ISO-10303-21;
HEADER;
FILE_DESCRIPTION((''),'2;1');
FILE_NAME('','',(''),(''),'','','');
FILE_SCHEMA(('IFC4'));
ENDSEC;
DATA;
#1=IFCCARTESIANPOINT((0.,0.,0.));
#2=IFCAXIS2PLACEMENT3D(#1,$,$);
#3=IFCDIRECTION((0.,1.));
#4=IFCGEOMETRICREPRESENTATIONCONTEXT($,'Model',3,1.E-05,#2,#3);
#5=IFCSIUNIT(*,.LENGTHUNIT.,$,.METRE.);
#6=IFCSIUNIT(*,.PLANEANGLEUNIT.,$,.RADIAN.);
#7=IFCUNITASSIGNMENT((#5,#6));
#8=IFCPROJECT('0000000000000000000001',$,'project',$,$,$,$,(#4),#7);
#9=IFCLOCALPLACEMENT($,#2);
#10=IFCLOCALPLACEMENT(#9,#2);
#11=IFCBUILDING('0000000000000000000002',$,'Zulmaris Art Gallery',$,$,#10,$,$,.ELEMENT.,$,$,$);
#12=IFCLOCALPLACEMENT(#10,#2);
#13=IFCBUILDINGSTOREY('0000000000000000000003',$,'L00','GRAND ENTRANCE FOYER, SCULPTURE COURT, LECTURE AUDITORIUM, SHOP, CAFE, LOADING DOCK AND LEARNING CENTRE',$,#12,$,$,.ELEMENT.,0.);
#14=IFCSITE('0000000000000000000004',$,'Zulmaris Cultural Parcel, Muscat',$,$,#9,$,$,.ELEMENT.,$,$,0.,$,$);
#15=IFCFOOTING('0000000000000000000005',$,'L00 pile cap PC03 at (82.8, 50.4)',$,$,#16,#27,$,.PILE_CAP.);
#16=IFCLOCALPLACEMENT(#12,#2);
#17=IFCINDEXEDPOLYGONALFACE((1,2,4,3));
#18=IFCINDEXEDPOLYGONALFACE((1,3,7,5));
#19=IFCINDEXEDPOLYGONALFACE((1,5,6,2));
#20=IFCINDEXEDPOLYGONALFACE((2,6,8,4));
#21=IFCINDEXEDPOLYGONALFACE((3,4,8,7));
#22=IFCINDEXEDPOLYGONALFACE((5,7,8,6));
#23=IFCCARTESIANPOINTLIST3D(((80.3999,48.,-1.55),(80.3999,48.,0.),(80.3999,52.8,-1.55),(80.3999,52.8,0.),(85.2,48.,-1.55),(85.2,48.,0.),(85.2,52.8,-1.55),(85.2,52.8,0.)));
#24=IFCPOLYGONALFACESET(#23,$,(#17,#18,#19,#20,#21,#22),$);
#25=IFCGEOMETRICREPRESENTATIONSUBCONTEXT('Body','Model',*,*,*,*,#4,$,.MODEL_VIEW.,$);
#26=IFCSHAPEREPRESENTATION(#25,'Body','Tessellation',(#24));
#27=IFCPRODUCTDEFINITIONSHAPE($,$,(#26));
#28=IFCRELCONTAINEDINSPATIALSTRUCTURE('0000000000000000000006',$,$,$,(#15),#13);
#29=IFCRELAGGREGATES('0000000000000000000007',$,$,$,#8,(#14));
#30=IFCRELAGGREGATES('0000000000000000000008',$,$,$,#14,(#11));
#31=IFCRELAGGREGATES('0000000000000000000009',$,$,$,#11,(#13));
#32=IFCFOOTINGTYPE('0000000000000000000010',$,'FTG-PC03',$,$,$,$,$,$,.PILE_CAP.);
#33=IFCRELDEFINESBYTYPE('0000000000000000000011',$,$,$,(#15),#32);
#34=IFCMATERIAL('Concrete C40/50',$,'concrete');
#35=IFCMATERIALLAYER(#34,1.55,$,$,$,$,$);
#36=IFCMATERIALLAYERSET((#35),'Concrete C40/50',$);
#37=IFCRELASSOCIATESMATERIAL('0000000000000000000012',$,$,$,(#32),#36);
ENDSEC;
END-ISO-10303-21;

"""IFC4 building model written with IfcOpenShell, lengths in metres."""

from ifc_helpers import new_model, si_unit, direction, frame, origin, place, context, subcontext, project, spatial, polyline, outline, extrude, material, layer, layer_set, type_object, element, save


model = new_model("IFC4")

# Units and contexts
model_context = context("Model", 3, precision=1e-05, world=origin(), true_north=direction((0.0, 1.0)))
body_context = subcontext(model_context, "Body", "Model", "MODEL_VIEW")
ifc_project = project(units=[si_unit("LENGTHUNIT", "METRE"), si_unit("PLANEANGLEUNIT", "RADIAN")], contexts=[model_context])

# Site, building, storey
site_placement = place(None, origin())
site = spatial("IfcSite", under=ifc_project, at=site_placement, Name="Zulmaris Cultural Parcel, Muscat", CompositionType="ELEMENT", RefElevation=0.0)
building_placement = place(site_placement, origin())
building = spatial("IfcBuilding", under=site, at=building_placement, Name="Zulmaris Art Gallery", CompositionType="ELEMENT")
storey_placement = place(building_placement, origin())
storey = spatial("IfcBuildingStorey", under=building, at=storey_placement, Name="L00", Description="GRAND ENTRANCE FOYER, SCULPTURE COURT, LECTURE AUDITORIUM, SHOP, CAFE, LOADING DOCK AND LEARNING CENTRE", CompositionType="ELEMENT", Elevation=0.0)

# Footing
ifc_material = material(Name="Concrete C40/50", Category="concrete")
ifc_layer_1 = layer(ifc_material, 1.55)
ifc_layer_set_1 = layer_set([ifc_layer_1], Name="Concrete C40/50")
footing_type_1 = type_object("IfcFootingType", Name="FTG-PC03", PredefinedType="PILE_CAP", material=ifc_layer_set_1)
footing_1_placement = place(storey_placement, frame((0.0, 0.0, -1.55)))
element("IfcFooting", 1, at=footing_1_placement, inside=storey, type_object=footing_type_1, Name="L00 pile cap PC03 at (82.8, 50.4)", PredefinedType="PILE_CAP", context=body_context, shape_type="SweptSolid", body=[
    extrude(outline(polyline([(80.3999, 48.0), (85.2, 48.0), (85.2, 52.8), (80.3999, 52.8), (80.3999, 48.0)])), origin(), (0.0, 0.0, 1.0), 1.55),
])

save(model, "model.ifc")
